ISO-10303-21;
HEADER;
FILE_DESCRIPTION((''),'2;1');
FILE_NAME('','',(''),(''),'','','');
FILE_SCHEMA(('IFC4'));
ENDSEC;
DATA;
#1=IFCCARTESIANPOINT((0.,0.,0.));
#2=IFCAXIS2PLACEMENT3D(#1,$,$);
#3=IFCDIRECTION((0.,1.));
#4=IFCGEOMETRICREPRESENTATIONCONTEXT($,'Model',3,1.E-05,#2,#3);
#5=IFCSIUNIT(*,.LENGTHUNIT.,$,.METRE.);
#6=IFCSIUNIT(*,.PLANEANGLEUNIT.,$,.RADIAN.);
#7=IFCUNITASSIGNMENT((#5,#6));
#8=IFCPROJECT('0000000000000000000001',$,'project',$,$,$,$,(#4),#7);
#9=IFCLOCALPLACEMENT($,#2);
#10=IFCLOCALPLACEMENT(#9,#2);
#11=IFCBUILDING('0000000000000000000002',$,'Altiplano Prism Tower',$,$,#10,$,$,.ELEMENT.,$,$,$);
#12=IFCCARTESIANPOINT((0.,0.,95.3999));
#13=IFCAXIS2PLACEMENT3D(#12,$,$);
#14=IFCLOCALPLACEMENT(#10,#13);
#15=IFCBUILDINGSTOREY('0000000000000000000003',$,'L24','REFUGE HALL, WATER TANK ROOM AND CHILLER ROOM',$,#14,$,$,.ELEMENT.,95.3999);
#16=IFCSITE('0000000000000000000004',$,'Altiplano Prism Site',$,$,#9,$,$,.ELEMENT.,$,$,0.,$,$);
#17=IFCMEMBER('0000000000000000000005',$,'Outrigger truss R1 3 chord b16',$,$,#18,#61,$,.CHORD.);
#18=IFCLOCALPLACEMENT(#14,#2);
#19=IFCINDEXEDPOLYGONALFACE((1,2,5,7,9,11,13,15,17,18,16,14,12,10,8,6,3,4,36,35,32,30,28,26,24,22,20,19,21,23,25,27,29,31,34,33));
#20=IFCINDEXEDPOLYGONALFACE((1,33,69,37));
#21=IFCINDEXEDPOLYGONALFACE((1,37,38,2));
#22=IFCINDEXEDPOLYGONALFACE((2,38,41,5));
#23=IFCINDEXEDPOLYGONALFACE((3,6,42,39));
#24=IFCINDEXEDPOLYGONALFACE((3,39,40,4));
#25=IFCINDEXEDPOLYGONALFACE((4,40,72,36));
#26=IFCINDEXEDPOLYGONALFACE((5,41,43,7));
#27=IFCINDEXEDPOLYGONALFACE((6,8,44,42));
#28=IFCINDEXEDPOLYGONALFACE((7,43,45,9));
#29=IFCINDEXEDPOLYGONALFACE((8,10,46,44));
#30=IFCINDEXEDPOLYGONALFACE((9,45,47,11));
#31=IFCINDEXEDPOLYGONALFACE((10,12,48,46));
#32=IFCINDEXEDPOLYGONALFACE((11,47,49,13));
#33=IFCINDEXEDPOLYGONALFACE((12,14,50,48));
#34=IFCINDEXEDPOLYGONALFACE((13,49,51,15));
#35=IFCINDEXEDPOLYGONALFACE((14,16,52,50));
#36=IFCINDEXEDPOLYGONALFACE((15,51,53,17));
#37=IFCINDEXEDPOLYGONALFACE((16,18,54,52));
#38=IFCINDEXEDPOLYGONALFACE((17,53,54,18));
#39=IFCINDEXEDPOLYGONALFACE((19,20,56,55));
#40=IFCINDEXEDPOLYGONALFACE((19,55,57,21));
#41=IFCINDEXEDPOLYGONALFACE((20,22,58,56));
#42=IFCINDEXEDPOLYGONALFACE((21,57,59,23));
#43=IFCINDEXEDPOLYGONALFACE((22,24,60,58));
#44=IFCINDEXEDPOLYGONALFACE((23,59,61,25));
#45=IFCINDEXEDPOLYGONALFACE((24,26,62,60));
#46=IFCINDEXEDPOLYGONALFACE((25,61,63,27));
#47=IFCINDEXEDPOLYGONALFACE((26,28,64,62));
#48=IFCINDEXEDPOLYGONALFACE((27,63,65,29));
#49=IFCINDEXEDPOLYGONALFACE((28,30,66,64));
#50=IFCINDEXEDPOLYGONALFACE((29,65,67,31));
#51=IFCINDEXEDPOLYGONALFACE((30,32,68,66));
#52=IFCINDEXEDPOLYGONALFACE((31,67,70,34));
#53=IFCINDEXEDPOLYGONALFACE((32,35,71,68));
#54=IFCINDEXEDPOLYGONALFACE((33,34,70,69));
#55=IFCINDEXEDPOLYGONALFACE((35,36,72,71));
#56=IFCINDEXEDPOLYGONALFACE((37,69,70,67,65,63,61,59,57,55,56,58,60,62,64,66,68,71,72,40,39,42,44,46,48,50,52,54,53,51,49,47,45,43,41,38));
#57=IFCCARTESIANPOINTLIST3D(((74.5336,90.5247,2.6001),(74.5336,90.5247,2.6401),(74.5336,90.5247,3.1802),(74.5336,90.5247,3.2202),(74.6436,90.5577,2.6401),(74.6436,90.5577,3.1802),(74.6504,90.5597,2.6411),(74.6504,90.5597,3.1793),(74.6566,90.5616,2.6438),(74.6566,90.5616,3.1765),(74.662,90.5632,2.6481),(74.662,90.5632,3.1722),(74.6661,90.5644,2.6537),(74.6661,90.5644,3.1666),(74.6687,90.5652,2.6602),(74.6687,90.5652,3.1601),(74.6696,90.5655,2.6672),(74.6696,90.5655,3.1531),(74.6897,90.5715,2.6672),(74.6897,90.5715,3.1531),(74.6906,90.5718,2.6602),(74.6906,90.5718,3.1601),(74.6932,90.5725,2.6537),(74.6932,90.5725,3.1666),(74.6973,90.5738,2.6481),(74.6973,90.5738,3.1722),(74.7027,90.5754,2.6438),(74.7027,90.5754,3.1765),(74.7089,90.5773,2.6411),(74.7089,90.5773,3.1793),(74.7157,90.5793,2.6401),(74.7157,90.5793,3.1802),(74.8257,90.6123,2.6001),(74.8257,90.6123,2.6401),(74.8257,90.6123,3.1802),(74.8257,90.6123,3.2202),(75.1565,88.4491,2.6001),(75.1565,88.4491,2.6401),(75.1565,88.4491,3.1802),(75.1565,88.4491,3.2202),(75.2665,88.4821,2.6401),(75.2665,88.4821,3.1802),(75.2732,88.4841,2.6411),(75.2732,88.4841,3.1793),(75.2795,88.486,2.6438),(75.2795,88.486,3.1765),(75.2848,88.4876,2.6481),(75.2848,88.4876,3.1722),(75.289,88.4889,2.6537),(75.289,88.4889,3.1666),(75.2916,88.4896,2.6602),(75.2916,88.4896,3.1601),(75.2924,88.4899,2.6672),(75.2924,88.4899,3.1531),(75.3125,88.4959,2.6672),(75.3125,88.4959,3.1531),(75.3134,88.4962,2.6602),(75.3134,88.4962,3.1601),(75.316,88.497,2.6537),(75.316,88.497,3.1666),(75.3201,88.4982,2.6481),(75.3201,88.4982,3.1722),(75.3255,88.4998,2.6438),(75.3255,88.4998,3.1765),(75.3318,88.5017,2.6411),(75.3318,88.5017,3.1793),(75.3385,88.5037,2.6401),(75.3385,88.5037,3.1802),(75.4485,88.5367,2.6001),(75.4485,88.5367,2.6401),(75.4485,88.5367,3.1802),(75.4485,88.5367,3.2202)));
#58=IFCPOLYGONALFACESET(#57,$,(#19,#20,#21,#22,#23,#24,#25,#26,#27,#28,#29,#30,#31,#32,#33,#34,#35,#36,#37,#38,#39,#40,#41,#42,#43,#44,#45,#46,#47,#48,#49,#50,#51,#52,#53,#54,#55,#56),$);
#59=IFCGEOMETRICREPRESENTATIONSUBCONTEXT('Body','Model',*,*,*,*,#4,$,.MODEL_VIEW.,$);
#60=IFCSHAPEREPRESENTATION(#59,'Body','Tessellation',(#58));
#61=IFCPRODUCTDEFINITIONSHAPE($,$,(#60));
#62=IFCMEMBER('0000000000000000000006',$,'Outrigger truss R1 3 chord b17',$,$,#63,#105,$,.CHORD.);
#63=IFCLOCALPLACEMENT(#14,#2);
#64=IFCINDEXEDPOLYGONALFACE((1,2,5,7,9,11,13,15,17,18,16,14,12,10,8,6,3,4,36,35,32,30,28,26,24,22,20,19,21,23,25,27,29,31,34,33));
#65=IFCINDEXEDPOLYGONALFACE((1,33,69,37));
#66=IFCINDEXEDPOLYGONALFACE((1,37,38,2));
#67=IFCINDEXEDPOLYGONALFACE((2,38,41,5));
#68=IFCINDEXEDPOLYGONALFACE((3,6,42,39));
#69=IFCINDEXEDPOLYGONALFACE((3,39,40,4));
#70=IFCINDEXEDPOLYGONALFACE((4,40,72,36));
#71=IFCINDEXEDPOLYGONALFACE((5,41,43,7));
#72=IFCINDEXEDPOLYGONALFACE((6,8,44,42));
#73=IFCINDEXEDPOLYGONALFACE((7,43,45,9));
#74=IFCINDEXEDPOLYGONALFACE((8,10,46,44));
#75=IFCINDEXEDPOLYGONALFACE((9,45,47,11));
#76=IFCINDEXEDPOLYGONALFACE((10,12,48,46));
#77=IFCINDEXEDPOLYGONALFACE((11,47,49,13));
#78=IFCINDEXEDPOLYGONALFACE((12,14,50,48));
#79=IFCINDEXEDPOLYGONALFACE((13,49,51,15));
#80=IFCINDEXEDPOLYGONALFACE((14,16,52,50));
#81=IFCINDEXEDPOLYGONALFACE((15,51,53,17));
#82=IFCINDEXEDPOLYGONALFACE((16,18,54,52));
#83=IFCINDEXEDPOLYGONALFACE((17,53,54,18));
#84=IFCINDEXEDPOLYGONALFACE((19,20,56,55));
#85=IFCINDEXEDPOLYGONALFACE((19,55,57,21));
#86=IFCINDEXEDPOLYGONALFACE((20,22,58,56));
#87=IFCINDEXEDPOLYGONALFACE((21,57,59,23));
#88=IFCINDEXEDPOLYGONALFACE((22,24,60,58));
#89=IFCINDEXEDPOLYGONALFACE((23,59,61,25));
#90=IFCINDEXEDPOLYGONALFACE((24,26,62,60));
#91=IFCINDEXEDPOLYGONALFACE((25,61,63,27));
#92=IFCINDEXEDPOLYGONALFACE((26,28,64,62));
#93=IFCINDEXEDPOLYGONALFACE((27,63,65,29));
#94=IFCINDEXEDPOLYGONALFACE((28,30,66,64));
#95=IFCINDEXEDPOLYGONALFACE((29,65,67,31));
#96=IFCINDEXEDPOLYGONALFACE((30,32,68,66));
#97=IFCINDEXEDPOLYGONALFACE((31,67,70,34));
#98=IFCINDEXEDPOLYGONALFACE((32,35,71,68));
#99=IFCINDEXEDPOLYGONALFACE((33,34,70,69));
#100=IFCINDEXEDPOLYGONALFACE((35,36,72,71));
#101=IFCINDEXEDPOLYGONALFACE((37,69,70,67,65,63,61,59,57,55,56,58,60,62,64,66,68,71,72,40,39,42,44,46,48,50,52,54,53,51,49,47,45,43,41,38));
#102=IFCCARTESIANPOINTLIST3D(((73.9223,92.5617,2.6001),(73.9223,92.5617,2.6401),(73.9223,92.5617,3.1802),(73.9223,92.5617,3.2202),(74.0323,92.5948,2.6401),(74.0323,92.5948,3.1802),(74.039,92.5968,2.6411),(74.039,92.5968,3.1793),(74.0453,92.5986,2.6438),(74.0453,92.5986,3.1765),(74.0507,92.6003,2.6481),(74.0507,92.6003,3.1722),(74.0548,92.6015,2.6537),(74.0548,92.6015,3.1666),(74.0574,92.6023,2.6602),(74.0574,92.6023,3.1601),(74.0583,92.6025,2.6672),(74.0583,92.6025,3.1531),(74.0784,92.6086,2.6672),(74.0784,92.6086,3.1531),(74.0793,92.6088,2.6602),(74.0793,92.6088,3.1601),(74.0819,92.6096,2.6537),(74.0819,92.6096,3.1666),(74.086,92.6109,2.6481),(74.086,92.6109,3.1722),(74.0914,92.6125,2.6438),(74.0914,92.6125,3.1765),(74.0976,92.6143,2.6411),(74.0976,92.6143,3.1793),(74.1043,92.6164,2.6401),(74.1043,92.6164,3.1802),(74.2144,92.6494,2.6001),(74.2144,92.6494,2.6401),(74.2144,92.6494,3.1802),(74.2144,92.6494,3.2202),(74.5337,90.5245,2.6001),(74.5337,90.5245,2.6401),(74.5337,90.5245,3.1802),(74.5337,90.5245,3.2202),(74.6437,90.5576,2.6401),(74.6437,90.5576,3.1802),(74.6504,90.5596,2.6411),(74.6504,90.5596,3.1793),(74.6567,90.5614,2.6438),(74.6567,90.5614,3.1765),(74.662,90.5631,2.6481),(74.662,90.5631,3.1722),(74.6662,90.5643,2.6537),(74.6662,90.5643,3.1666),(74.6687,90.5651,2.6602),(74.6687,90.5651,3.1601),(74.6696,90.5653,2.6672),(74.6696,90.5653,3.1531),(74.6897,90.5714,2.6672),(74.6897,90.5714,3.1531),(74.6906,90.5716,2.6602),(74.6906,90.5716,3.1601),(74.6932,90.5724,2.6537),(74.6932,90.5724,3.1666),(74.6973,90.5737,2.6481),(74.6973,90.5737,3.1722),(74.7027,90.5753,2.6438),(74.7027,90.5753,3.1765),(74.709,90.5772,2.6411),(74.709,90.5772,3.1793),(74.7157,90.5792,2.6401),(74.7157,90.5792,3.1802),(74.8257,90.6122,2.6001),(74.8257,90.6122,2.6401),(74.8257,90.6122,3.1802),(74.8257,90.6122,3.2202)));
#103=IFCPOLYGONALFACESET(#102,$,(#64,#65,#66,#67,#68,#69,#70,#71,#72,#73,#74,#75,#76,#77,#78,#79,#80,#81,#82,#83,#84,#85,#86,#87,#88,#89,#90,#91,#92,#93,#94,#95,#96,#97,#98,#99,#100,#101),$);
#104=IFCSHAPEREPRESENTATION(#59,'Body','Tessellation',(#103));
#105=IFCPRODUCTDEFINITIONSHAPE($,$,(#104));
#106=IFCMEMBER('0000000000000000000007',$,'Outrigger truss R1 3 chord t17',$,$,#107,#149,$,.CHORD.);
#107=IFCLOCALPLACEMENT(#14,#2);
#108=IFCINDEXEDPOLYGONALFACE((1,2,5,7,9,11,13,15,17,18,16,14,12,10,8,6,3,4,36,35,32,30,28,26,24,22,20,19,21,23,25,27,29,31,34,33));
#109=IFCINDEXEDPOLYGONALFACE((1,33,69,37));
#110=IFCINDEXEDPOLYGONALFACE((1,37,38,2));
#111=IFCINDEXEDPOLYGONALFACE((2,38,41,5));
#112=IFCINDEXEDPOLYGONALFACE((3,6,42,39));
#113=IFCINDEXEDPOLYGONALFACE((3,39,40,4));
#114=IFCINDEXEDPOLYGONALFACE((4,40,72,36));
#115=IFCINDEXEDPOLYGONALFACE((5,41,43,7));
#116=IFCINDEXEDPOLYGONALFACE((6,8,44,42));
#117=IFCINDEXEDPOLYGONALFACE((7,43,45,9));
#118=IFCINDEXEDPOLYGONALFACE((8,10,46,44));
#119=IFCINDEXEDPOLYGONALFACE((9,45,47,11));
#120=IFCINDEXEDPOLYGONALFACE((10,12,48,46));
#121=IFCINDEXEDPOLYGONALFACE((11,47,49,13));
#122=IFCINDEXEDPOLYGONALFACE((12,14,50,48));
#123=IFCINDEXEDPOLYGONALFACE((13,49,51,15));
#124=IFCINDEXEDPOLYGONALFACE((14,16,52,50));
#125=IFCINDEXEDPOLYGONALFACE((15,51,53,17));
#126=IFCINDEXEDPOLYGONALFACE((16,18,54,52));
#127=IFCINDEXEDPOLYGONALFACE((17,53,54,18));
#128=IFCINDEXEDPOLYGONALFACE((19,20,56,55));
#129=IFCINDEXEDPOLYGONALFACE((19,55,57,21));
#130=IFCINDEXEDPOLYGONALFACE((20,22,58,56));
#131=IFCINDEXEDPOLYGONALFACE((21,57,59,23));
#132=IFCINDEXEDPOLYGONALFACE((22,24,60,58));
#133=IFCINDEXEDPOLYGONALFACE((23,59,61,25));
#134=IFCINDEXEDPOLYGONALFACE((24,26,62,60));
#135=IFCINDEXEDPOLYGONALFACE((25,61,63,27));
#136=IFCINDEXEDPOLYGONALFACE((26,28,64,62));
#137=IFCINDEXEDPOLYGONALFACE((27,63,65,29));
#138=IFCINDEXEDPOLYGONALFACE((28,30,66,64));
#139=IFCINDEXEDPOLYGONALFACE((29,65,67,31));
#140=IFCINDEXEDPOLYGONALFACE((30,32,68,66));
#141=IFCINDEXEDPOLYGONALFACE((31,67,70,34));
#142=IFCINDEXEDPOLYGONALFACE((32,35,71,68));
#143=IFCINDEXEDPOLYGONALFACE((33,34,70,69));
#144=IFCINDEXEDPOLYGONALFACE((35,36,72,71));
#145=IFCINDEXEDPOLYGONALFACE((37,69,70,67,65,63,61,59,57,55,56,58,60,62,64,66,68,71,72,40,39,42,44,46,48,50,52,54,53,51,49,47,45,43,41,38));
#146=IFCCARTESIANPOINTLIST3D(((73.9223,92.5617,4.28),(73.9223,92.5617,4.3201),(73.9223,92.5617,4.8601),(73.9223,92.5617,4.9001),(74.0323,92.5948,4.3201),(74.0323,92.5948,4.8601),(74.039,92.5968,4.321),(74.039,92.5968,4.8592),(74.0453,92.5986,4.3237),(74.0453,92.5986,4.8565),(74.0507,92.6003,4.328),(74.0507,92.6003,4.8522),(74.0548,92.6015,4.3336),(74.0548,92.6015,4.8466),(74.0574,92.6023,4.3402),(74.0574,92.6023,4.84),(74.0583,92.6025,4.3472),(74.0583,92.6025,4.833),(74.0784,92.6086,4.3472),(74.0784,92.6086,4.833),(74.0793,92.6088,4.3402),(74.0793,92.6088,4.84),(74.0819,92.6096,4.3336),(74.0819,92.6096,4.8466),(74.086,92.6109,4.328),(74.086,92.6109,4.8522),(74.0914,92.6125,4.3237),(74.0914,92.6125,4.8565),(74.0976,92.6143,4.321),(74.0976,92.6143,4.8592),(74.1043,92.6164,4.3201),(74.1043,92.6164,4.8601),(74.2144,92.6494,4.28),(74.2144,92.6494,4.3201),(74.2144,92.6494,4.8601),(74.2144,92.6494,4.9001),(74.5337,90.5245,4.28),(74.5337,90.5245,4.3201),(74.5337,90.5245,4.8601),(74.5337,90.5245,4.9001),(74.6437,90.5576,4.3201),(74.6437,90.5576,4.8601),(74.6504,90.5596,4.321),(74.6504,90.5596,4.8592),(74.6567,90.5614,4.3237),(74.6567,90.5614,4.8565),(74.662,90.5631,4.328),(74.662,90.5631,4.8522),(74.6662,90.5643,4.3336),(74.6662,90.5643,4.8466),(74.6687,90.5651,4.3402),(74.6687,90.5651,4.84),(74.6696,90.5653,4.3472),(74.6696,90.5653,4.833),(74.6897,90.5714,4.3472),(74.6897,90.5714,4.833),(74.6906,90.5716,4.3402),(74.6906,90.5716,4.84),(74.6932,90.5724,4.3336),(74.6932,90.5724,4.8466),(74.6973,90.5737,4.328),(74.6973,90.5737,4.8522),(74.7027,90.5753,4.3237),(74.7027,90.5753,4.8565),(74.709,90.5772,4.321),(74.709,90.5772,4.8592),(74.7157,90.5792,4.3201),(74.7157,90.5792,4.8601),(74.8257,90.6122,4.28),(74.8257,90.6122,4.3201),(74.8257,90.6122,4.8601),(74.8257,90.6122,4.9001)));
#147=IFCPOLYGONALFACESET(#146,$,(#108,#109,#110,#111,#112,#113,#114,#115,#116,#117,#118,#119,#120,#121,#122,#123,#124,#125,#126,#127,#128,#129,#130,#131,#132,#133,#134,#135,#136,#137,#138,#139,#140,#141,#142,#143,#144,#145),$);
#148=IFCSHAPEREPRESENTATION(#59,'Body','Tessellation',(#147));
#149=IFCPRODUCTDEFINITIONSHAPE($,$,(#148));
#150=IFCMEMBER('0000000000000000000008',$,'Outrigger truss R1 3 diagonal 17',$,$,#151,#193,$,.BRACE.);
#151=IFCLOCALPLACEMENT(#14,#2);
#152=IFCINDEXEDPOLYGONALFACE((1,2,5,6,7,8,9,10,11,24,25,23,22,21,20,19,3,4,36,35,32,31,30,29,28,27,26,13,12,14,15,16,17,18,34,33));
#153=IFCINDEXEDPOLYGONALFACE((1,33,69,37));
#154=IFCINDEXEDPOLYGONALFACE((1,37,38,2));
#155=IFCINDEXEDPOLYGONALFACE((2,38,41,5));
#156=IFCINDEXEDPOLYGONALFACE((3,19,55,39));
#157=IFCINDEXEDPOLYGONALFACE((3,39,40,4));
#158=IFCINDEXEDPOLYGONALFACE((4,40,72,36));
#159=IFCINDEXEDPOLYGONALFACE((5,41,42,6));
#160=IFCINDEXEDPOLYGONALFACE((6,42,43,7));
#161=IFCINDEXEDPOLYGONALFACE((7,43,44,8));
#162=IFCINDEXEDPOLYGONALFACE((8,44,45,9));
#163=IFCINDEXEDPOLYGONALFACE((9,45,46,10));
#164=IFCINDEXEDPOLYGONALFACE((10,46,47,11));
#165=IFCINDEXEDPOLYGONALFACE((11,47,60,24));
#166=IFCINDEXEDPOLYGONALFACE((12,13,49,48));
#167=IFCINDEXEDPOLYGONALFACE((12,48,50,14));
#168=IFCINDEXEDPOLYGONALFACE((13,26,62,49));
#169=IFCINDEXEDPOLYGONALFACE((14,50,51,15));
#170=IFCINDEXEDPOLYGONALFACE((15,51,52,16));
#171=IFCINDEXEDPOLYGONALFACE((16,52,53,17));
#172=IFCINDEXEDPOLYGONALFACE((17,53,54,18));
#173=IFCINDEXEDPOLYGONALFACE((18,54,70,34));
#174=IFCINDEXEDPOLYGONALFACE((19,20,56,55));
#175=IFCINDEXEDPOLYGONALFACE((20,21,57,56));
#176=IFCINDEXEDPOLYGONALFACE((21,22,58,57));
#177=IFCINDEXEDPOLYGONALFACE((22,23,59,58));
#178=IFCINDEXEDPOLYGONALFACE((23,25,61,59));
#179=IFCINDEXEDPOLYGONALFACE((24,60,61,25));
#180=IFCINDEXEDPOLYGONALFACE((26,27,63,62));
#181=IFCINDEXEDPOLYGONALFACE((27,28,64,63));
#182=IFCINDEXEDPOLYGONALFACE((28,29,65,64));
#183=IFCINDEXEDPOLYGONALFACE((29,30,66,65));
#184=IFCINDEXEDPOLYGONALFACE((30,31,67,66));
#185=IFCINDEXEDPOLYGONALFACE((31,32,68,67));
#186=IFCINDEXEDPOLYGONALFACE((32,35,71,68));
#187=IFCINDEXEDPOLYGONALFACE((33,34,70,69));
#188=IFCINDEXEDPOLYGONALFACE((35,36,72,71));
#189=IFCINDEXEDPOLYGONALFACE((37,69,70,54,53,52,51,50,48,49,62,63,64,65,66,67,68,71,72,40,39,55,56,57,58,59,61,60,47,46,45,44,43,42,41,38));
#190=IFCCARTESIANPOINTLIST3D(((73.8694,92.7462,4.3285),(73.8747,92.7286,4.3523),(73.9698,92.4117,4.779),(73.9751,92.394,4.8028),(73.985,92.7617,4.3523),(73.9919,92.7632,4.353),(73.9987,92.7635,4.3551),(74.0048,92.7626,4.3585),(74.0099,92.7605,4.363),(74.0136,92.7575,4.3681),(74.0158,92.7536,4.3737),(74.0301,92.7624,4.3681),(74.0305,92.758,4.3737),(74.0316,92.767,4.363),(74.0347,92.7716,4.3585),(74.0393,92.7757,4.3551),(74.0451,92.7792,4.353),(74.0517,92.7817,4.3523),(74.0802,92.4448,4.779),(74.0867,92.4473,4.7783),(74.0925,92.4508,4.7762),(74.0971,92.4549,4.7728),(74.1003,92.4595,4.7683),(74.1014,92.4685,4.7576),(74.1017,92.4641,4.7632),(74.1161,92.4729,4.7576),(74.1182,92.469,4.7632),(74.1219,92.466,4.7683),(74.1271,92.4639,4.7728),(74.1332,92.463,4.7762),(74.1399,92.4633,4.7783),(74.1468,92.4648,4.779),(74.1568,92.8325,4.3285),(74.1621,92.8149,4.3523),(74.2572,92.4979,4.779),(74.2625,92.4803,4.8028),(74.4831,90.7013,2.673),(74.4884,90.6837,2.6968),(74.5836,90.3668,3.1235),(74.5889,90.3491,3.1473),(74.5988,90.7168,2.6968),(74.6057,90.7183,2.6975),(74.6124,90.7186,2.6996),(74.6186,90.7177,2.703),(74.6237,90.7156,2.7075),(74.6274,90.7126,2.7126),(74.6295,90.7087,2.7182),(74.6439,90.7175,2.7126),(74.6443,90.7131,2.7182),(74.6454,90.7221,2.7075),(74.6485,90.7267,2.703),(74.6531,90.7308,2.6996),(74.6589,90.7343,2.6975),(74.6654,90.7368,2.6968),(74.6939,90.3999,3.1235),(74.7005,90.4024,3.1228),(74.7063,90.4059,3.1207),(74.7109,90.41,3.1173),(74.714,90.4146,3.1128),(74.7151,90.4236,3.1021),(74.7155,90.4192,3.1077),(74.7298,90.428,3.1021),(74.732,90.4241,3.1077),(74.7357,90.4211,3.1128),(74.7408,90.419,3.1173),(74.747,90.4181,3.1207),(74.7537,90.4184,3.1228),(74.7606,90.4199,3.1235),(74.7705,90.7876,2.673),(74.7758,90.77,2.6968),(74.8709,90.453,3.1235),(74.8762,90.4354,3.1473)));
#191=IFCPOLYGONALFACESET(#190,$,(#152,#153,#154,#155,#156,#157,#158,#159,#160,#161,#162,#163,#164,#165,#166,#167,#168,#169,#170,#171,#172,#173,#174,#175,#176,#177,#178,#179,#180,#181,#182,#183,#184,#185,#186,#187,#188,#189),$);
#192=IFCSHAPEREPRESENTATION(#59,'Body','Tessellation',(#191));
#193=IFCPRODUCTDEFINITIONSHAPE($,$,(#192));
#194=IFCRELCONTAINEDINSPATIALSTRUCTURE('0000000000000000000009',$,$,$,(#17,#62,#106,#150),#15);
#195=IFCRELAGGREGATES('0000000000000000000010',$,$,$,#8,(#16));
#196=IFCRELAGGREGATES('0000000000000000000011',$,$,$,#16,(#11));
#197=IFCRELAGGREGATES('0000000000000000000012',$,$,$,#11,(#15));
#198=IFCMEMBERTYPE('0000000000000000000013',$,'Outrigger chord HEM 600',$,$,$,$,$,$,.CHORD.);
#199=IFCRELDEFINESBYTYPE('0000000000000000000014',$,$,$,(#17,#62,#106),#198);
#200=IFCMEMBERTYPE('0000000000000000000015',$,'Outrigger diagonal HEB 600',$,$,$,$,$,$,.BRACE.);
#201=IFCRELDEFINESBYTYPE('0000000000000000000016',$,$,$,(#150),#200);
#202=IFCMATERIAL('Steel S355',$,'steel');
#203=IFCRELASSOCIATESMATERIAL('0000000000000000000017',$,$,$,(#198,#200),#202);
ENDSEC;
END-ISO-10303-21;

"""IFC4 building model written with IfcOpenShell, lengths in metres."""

from ifc_helpers import new_model, si_unit, direction, frame, origin, origin_2d, place, context, subcontext, project, spatial, i_section, extrude, material, material_profile, profile_set, type_object, element, save


model = new_model("IFC4")

# Units and contexts
model_context = context("Model", 3, precision=1e-05, world=origin(), true_north=direction((0.0, 1.0)))
body_context = subcontext(model_context, "Body", "Model", "MODEL_VIEW")
ifc_project = project(units=[si_unit("LENGTHUNIT", "METRE"), si_unit("PLANEANGLEUNIT", "RADIAN")], contexts=[model_context])

# Site, building, storey
site_placement = place(None, origin())
site = spatial("IfcSite", under=ifc_project, at=site_placement, Name="Altiplano Prism Site", CompositionType="ELEMENT", RefElevation=0.0)
building_placement = place(site_placement, origin())
building = spatial("IfcBuilding", under=site, at=building_placement, Name="Altiplano Prism Tower", CompositionType="ELEMENT")
storey_placement = place(building_placement, frame((0.0, 0.0, 95.3999)))
storey = spatial("IfcBuildingStorey", under=building, at=storey_placement, Name="L24", Description="REFUGE HALL, WATER TANK ROOM AND CHILLER ROOM", CompositionType="ELEMENT", Elevation=95.3999)

# Members
ifc_material_1 = material(Name="Steel S355", Category="steel")
ifc_material_profile_1 = material_profile(ifc_material_1, i_section(OverallWidth=0.3049, OverallDepth=0.6201, WebThickness=0.021, FlangeThickness=0.04, FilletRadius=0.0271, at=origin_2d()), Name="Outrigger chord HEM 600")
ifc_profile_set_1 = profile_set([ifc_material_profile_1], Name="Steel S355")
member_type_1 = type_object("IfcMemberType", Name="Outrigger chord HEM 600", PredefinedType="CHORD", material=ifc_profile_set_1)
member_1_placement = place(storey_placement, frame((75.3025, 88.4929, 2.9102), z_axis=(-0.28742, 0.957805, 0.0), x_axis=(-0.957805, -0.28742, 0.0)))
element("IfcMember", 1, at=member_1_placement, inside=storey, type_object=member_type_1, Name="Outrigger truss R1 3 chord b16", PredefinedType="CHORD", context=body_context, shape_type="SweptSolid", body=[
    extrude(i_section(OverallWidth=0.3049, OverallDepth=0.6201, WebThickness=0.021, FlangeThickness=0.04, FilletRadius=0.0271, at=origin_2d()), origin(), (0.0, 0.0, 1.0), 2.167),
])
for number, where, z_axis, x_axis, name in (
    (2, (74.6797, 90.5684, 2.9102), (-0.287432, 0.957801, 0.0), (-0.957801, -0.287432, 0.0), "Outrigger truss R1 3 chord b17"),
    (3, (74.6797, 90.5684, 4.5901), (-0.287432, 0.957801, 0.0), (-0.957801, -0.287432, 0.0), "Outrigger truss R1 3 chord t17"),
):
    element("IfcMember", number, at=place(storey_placement, frame(where, z_axis=z_axis, x_axis=x_axis)), inside=storey, type_object=member_type_1, Name=name, PredefinedType="CHORD", context=body_context, shape_type="SweptSolid", body=[
        extrude(i_section(OverallWidth=0.3049, OverallDepth=0.6201, WebThickness=0.021, FlangeThickness=0.04, FilletRadius=0.0271, at=origin_2d()), origin(), (0.0, 0.0, 1.0), 2.127),
    ])
ifc_material_profile_2 = material_profile(ifc_material_1, i_section(OverallWidth=0.3, OverallDepth=0.6001, WebThickness=0.0154, FlangeThickness=0.03, FilletRadius=0.0271, at=origin_2d()), Name="Outrigger diagonal HEB 600")
ifc_profile_set_2 = profile_set([ifc_material_profile_2], Name="Steel S355")
member_type_2 = type_object("IfcMemberType", Name="Outrigger diagonal HEB 600", PredefinedType="BRACE", material=ifc_profile_set_2)
member_2_placement = place(storey_placement, frame((74.6797, 90.5684, 2.9102), z_axis=(-0.227179, 0.756903, 0.61277), x_axis=(-0.957789, -0.287474, 0.0)))
element("IfcMember", 4, at=member_2_placement, inside=storey, type_object=member_type_2, Name="Outrigger truss R1 3 diagonal 17", PredefinedType="BRACE", context=body_context, shape_type="SweptSolid", body=[
    extrude(i_section(OverallWidth=0.3, OverallDepth=0.6001, WebThickness=0.0154, FlangeThickness=0.03, FilletRadius=0.0271, at=origin_2d()), origin(), (0.0, 0.0, 1.0), 2.7017),
])

save(model, "model.ifc")
